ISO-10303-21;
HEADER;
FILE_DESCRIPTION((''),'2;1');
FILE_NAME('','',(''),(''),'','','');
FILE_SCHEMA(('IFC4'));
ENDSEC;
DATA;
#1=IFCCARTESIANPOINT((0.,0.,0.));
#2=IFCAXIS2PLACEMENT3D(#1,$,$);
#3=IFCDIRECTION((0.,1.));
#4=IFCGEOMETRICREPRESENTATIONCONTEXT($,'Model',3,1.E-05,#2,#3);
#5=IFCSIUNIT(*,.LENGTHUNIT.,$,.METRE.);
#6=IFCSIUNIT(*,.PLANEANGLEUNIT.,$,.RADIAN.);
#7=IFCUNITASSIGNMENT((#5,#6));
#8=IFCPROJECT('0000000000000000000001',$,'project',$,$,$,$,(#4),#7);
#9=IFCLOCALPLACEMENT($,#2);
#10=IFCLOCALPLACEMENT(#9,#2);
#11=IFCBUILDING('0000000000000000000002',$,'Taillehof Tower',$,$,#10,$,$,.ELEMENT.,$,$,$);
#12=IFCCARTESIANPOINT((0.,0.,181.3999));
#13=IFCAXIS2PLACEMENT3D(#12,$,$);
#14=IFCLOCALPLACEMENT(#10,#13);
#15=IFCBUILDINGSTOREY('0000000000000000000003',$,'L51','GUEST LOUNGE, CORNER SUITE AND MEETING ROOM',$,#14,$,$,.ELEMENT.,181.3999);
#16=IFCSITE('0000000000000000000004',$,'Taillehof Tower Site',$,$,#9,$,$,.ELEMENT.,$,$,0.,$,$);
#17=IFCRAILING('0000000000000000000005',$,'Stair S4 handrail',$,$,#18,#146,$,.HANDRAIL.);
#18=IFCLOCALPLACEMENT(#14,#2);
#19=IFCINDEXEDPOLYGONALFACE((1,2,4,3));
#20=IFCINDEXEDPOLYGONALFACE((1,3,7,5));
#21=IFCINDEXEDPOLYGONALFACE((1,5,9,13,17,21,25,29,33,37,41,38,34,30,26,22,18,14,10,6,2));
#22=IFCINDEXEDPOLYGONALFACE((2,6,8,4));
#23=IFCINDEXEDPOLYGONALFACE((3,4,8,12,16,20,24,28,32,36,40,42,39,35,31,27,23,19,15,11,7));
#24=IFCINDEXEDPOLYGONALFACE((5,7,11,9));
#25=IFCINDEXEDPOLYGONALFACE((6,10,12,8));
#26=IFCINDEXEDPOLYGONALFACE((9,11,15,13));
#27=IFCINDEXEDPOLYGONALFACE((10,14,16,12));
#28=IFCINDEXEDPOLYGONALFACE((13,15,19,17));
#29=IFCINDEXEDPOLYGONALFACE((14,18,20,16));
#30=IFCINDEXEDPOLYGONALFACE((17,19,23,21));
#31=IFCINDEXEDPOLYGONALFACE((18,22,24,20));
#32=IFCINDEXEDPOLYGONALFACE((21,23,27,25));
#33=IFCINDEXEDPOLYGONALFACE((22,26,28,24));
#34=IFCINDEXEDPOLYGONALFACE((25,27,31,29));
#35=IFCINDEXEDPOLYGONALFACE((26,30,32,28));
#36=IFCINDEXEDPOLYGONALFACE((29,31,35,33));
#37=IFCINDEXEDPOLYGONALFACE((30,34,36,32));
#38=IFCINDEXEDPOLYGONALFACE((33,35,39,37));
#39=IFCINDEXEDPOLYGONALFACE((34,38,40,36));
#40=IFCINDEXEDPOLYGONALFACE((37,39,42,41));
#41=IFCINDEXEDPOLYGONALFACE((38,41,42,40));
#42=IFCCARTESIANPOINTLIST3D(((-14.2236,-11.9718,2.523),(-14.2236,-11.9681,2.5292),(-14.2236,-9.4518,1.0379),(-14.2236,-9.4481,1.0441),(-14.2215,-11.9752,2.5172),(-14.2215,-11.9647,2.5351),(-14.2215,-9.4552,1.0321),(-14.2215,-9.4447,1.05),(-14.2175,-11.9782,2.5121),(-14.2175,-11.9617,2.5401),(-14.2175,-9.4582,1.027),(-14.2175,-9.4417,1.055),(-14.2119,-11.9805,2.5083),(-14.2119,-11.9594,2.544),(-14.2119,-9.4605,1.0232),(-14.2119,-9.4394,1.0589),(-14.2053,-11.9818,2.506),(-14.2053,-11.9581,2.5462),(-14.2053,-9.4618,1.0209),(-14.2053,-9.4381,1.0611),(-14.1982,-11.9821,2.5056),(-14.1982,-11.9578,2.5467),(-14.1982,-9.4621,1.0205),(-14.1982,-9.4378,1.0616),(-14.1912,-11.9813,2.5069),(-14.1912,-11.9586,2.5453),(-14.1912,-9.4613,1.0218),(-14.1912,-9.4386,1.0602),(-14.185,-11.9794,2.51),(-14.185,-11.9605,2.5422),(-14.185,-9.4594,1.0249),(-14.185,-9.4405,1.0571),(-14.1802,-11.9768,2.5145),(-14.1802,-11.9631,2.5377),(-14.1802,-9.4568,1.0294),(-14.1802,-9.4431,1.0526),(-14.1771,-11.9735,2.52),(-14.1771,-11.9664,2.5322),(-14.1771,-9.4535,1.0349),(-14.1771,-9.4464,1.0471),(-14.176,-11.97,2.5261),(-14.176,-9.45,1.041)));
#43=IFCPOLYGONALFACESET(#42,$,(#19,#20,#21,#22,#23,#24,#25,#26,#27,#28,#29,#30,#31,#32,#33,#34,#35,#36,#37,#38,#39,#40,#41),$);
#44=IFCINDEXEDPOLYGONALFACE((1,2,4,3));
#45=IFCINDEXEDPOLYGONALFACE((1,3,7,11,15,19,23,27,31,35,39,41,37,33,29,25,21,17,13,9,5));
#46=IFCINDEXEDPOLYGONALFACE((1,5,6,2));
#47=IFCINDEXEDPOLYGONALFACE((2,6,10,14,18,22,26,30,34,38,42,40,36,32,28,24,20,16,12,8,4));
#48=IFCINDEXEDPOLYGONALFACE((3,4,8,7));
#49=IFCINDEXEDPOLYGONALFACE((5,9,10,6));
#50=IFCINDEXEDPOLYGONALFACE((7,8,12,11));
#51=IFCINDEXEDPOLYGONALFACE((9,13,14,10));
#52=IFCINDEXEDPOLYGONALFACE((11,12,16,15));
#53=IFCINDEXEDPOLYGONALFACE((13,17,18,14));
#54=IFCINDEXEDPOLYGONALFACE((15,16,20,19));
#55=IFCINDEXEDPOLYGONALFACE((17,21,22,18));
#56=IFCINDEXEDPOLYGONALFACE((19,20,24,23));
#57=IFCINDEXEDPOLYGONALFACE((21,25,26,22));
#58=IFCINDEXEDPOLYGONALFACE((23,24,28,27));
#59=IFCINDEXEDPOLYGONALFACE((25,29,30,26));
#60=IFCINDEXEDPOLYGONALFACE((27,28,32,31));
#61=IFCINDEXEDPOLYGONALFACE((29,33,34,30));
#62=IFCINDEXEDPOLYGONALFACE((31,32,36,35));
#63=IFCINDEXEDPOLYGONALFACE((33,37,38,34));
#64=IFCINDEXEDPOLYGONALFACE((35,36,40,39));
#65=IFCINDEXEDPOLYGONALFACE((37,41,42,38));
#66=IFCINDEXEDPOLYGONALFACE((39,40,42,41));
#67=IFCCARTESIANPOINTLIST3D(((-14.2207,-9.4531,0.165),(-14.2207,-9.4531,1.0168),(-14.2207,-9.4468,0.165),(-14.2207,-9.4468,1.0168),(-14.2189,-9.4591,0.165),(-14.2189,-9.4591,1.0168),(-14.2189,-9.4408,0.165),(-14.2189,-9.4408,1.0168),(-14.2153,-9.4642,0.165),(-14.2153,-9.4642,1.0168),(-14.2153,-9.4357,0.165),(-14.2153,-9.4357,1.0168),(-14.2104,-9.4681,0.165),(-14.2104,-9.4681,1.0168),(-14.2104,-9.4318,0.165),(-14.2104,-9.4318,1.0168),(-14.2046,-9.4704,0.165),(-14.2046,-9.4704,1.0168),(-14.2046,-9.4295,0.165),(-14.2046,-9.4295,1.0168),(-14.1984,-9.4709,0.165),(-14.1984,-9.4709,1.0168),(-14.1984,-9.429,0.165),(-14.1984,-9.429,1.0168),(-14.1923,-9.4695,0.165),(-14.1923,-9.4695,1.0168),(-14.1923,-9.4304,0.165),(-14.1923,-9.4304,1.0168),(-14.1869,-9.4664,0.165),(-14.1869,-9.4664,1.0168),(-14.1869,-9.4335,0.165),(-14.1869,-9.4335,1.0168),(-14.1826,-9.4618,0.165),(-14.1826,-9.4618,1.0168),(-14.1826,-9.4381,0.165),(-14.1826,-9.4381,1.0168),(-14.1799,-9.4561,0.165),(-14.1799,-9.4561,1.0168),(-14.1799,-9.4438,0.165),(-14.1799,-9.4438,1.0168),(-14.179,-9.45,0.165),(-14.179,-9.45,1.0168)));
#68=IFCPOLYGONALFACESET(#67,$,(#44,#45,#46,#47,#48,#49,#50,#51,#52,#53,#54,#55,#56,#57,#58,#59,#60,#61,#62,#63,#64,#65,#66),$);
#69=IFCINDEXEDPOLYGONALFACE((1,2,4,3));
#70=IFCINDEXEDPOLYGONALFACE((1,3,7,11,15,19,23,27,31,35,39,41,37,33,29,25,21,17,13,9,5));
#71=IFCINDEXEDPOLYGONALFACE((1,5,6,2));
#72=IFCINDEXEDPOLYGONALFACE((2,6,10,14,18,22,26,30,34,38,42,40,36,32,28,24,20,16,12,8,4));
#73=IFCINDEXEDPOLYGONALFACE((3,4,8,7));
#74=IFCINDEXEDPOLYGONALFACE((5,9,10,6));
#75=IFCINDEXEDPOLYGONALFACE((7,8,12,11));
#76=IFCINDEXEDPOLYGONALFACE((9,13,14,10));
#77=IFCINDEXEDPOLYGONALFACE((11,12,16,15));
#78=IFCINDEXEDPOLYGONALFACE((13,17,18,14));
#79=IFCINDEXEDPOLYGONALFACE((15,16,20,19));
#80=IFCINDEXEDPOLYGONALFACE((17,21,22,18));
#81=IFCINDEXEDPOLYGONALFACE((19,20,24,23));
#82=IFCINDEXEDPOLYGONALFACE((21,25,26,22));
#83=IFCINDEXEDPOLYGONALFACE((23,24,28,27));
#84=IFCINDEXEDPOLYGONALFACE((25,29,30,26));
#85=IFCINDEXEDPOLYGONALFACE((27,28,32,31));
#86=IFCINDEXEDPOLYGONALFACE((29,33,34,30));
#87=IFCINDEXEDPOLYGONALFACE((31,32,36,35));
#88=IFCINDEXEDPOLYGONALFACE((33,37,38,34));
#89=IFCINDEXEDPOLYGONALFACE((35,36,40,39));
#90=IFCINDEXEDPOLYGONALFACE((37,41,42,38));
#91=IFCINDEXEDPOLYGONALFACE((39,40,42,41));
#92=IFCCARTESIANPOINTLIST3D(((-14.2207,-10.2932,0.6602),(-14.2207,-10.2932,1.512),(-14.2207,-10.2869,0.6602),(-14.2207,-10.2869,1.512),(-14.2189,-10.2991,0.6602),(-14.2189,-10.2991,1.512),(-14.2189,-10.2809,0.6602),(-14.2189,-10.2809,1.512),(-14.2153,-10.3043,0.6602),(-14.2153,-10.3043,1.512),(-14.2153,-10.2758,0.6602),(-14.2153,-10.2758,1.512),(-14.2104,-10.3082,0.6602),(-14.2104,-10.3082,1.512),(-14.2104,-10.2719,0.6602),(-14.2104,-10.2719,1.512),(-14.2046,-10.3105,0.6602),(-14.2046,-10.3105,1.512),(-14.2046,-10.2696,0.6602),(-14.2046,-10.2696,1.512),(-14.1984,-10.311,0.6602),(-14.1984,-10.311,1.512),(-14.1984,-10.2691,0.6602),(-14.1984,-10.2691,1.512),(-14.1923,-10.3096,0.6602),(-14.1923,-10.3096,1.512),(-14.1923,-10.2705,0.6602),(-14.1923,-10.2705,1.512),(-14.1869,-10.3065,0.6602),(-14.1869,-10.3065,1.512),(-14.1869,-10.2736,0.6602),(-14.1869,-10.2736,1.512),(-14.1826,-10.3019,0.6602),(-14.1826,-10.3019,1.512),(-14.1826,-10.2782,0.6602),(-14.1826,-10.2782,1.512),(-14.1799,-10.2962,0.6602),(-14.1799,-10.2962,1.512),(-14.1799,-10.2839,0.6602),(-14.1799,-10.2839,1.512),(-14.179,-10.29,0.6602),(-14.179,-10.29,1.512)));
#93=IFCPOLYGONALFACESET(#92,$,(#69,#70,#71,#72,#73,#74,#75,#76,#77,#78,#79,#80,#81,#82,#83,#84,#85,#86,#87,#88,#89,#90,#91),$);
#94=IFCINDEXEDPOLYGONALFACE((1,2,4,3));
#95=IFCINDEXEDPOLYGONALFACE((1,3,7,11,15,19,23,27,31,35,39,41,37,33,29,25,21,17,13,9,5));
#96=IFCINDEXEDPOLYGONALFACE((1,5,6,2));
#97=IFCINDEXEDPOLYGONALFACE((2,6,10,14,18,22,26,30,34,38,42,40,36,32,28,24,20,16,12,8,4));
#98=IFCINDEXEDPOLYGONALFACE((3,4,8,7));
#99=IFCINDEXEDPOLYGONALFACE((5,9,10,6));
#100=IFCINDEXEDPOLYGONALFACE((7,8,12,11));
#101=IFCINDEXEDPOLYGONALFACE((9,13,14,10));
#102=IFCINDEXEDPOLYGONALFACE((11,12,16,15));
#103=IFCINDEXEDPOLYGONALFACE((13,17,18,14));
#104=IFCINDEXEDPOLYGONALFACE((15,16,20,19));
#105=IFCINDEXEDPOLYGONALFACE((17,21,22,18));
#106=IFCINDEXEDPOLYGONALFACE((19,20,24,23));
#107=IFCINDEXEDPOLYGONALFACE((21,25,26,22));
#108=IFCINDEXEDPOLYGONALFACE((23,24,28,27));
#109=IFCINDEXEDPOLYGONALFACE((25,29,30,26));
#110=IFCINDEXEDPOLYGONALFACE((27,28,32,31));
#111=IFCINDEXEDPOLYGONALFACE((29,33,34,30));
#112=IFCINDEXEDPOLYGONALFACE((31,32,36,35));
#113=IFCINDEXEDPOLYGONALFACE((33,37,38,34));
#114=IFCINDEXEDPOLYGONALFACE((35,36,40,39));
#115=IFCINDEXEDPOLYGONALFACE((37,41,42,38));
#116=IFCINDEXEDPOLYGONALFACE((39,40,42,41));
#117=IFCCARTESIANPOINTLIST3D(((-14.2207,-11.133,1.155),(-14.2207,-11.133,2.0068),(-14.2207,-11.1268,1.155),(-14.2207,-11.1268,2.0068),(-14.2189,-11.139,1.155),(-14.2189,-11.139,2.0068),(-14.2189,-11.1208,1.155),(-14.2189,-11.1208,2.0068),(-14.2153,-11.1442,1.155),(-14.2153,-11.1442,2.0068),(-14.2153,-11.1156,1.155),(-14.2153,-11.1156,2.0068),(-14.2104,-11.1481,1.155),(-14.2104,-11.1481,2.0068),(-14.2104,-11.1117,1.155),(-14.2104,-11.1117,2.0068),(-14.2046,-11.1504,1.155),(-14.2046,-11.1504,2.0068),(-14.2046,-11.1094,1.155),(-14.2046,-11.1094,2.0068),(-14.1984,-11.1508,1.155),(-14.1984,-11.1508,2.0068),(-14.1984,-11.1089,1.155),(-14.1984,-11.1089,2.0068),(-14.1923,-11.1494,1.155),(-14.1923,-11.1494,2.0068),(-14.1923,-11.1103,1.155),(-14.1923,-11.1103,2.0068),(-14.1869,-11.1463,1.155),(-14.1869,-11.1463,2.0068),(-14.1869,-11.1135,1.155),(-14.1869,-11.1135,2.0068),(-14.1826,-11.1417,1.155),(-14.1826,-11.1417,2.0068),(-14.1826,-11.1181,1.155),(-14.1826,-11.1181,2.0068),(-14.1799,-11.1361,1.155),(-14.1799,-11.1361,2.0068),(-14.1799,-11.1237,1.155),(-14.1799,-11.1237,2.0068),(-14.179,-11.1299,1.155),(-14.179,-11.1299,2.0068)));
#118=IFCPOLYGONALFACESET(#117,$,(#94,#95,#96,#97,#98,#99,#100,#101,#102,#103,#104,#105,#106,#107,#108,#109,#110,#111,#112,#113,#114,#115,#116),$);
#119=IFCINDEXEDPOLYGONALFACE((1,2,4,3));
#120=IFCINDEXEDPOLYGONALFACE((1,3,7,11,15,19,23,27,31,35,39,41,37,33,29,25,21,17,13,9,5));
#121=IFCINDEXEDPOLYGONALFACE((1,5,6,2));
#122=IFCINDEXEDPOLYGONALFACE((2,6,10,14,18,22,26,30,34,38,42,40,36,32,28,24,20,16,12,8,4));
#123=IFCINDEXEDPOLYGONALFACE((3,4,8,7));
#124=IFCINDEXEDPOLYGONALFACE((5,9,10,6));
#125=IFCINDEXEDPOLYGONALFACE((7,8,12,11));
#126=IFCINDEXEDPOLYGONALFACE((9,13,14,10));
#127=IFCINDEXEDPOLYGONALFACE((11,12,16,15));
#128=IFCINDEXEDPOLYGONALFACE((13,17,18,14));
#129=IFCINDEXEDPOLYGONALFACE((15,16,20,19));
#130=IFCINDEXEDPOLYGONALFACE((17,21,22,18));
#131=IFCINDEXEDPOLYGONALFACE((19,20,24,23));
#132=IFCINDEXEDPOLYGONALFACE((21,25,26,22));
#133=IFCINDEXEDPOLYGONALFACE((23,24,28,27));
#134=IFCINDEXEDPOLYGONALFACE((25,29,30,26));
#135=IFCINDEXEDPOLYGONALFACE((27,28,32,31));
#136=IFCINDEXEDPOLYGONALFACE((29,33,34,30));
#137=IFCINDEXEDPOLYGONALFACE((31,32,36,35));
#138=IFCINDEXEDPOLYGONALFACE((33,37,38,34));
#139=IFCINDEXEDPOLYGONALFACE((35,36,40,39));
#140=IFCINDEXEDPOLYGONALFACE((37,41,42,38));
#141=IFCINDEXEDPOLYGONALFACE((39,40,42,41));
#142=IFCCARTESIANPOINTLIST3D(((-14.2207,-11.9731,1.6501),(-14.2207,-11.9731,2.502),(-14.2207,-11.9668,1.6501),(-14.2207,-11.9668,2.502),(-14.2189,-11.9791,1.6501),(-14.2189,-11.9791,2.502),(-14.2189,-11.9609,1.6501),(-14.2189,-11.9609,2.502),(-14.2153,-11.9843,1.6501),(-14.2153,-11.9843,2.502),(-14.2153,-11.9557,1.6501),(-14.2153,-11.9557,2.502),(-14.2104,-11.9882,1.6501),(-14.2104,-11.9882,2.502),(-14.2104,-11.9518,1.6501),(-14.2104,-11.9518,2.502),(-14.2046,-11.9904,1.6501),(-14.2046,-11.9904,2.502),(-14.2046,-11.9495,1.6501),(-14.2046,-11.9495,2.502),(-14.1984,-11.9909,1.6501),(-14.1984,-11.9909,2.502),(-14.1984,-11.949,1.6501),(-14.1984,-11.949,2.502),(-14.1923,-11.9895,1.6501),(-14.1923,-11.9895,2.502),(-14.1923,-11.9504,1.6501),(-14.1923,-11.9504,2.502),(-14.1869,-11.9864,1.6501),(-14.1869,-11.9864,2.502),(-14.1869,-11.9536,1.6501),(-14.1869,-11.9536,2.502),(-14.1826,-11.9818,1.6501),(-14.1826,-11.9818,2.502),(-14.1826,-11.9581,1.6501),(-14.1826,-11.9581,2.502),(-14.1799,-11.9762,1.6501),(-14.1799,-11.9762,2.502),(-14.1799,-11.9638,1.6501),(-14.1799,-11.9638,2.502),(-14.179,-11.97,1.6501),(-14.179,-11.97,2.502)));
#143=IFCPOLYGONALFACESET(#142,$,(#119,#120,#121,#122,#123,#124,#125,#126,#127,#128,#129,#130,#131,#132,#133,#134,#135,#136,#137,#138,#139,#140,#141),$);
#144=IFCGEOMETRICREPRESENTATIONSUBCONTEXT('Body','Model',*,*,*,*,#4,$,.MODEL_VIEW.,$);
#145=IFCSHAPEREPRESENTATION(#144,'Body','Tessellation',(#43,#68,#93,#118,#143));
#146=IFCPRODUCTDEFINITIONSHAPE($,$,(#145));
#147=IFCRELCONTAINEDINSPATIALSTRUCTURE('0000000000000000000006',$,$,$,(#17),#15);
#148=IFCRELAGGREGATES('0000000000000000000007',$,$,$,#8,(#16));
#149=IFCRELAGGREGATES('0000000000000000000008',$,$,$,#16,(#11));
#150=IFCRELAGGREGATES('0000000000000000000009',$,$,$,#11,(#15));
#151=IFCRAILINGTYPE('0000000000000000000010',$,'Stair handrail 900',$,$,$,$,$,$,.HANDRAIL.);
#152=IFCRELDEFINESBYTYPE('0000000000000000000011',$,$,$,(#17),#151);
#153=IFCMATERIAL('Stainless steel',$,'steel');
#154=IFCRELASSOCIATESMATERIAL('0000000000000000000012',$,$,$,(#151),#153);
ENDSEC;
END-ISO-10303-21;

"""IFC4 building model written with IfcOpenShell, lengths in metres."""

from ifc_helpers import new_model, si_unit, direction, frame, origin, origin_2d, place, context, subcontext, project, spatial, circle, extrude, material, type_object, element, save


model = new_model("IFC4")

# Units and contexts
model_context = context("Model", 3, precision=1e-05, world=origin(), true_north=direction((0.0, 1.0)))
body_context = subcontext(model_context, "Body", "Model", "MODEL_VIEW")
ifc_project = project(units=[si_unit("LENGTHUNIT", "METRE"), si_unit("PLANEANGLEUNIT", "RADIAN")], contexts=[model_context])

# Site, building, storey
site_placement = place(None, origin())
site = spatial("IfcSite", under=ifc_project, at=site_placement, Name="Taillehof Tower Site", CompositionType="ELEMENT", RefElevation=0.0)
building_placement = place(site_placement, origin())
building = spatial("IfcBuilding", under=site, at=building_placement, Name="Taillehof Tower", CompositionType="ELEMENT")
storey_placement = place(building_placement, frame((0.0, 0.0, 181.3999)))
storey = spatial("IfcBuildingStorey", under=building, at=storey_placement, Name="L51", Description="GUEST LOUNGE, CORNER SUITE AND MEETING ROOM", CompositionType="ELEMENT", Elevation=181.3999)

# Railing
ifc_material_1 = material(Name="Stainless steel", Category="steel")
railing_type = type_object("IfcRailingType", Name="Stair handrail 900", PredefinedType="HANDRAIL", material=ifc_material_1)
railing_1_placement = place(storey_placement, frame((-14.2, -9.45, 0.165)))
element("IfcRailing", 1, at=railing_1_placement, inside=storey, type_object=railing_type, Name="Stair S4 handrail", PredefinedType="HANDRAIL", context=body_context, shape_type="SweptSolid", body=[
    extrude(circle(Radius=0.0239, at=origin_2d()), frame((0.0, 0.0, 0.876), z_axis=(0.0, -0.861524, 0.507717), x_axis=(1.0, 0.0, 0.0)), (0.0, 0.0, 1.0), 2.925),
    extrude(circle(Radius=0.021, at=origin_2d()), origin(), (0.0, 0.0, 1.0), 0.8518),
    extrude(circle(Radius=0.021, at=origin_2d()), frame((0.0, -0.8401, 0.4951)), (0.0, 0.0, 1.0), 0.8518),
    extrude(circle(Radius=0.021, at=origin_2d()), frame((0.0, -1.6799, 0.99)), (0.0, 0.0, 1.0), 0.8518),
    extrude(circle(Radius=0.021, at=origin_2d()), frame((0.0, -2.52, 1.4851)), (0.0, 0.0, 1.0), 0.8518),
])

save(model, "model.ifc")
